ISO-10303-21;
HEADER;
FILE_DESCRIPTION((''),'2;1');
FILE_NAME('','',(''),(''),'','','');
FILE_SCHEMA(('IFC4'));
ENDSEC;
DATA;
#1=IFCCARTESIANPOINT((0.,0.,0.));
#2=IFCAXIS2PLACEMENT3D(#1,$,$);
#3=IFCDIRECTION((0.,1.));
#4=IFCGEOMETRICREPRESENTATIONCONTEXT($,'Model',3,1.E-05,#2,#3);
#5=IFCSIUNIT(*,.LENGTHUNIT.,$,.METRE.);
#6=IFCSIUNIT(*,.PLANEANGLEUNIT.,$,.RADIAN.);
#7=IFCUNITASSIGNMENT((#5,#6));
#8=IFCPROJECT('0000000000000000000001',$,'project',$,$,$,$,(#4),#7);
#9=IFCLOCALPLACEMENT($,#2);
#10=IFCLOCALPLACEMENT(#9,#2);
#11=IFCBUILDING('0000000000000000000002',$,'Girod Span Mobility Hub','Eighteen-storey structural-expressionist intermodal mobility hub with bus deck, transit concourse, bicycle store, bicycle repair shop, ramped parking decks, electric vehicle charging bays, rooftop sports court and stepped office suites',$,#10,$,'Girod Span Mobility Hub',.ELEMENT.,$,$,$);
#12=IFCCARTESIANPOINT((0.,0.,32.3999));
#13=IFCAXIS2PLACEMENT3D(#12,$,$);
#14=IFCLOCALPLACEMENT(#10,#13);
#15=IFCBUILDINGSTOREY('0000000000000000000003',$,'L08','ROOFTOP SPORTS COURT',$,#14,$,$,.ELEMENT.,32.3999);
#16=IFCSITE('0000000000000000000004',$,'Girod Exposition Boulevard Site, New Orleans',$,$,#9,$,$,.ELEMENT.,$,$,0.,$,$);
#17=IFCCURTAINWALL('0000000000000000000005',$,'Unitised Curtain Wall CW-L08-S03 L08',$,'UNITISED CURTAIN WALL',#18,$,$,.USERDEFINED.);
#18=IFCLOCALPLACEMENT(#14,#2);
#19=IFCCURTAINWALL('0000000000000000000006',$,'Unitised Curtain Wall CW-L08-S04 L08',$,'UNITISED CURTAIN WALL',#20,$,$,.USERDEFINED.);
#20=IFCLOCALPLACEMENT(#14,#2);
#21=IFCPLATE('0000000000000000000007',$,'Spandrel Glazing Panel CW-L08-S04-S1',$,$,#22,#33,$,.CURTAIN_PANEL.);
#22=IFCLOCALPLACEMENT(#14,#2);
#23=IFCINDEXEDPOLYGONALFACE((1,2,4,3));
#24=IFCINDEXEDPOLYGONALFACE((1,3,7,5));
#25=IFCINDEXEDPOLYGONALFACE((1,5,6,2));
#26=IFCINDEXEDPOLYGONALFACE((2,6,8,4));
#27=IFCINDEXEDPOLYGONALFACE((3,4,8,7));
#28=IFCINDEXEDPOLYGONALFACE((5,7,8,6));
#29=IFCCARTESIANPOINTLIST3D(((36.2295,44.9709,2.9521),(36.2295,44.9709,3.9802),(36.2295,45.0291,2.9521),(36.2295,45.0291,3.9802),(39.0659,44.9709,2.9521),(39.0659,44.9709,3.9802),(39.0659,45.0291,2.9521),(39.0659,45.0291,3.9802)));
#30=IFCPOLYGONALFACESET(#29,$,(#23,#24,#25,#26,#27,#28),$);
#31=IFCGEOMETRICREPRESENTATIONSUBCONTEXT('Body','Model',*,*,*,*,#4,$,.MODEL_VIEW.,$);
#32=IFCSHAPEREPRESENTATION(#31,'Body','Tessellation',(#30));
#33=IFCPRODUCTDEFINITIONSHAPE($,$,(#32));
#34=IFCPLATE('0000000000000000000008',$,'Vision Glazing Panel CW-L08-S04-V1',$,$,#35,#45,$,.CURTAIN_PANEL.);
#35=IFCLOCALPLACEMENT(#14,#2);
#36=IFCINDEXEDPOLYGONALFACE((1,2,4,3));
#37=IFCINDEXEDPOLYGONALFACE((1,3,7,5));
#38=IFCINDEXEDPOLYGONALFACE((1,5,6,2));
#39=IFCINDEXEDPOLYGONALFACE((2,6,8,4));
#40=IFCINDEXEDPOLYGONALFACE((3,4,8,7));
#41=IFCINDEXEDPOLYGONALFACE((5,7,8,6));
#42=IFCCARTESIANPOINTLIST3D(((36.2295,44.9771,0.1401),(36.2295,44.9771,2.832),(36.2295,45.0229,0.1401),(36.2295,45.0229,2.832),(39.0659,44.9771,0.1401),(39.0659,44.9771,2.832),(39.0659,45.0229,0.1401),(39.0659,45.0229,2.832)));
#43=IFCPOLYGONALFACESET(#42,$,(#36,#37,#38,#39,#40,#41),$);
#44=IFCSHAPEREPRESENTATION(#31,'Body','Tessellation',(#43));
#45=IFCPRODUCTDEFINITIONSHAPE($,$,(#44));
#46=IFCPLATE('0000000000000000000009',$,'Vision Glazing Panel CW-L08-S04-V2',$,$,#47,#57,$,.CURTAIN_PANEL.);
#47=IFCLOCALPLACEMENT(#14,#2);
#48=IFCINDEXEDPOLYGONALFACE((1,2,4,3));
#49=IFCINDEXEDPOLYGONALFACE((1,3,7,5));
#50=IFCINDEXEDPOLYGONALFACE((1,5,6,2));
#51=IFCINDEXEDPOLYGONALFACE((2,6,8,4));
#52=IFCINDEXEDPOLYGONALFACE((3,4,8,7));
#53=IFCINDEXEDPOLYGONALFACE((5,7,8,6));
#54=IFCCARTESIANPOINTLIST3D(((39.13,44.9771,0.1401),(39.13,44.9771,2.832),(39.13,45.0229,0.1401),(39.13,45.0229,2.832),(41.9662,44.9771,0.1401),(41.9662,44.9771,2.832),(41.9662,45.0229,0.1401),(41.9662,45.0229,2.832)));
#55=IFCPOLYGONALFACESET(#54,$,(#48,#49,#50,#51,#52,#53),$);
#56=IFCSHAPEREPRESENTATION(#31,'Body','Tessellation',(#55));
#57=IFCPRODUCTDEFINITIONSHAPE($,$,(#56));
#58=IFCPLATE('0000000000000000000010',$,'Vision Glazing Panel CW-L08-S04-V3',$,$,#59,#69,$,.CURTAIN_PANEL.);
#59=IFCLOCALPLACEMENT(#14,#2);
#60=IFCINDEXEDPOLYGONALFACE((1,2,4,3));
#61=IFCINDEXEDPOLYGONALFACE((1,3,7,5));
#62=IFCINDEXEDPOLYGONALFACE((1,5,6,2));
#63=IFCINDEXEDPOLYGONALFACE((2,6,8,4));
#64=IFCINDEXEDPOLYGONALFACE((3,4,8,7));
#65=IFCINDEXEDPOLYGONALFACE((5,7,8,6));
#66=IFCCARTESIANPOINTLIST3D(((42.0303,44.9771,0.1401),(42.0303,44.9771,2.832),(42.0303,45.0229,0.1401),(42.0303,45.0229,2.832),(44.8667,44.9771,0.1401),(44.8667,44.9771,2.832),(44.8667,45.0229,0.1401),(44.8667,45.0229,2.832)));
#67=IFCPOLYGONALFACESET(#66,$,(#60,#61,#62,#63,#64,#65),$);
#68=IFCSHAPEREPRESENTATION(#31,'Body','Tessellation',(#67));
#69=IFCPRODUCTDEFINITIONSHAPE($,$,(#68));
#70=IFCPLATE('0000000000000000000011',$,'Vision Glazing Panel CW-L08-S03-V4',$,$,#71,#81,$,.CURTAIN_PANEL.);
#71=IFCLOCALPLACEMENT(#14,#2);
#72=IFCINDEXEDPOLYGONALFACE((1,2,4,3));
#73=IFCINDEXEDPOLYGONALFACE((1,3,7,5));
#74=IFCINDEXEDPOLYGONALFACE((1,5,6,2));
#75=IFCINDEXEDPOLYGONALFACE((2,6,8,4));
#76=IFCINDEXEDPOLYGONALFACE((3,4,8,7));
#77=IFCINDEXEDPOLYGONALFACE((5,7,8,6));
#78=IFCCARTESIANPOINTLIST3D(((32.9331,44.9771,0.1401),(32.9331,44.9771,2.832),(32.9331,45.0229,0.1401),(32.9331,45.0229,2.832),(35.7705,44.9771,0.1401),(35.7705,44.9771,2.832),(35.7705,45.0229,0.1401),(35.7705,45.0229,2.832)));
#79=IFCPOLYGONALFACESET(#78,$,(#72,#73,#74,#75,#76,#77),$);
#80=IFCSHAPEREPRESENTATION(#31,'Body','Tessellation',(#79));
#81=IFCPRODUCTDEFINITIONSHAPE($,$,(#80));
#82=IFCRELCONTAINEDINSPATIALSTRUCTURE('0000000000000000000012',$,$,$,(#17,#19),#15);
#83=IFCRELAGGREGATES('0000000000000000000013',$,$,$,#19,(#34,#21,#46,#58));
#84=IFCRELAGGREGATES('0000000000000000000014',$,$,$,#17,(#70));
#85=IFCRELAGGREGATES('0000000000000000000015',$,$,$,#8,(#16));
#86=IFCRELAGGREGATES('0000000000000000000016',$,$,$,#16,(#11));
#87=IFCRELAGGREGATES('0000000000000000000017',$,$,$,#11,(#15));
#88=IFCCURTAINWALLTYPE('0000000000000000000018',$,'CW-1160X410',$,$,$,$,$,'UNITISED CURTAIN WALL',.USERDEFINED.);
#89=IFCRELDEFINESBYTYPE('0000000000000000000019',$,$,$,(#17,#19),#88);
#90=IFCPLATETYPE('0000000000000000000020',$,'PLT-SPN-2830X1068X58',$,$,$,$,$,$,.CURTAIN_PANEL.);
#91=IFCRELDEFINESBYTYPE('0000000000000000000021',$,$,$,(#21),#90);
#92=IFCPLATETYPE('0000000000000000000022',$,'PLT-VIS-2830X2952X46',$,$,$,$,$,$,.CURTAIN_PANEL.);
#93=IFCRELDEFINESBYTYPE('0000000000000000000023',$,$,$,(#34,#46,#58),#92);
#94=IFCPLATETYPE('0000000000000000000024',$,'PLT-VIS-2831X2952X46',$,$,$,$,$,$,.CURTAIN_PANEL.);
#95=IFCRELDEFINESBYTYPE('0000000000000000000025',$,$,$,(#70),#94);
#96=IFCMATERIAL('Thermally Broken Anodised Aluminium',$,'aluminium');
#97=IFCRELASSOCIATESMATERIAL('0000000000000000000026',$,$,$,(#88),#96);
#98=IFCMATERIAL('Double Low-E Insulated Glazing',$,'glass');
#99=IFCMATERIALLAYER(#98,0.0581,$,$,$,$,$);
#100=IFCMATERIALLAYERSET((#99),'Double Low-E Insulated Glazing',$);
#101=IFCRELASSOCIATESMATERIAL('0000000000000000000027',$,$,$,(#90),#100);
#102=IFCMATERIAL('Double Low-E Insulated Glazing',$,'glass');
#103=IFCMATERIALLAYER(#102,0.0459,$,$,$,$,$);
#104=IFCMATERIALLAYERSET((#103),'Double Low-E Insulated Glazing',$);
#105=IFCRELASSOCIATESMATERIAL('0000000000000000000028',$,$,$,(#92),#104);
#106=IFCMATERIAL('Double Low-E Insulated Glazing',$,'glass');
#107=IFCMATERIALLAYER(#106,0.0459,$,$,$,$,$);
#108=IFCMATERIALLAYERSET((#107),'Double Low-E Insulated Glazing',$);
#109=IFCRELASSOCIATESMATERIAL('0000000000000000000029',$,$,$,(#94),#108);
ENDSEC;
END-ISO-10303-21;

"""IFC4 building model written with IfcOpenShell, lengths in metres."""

from ifc_helpers import new_model, si_unit, direction, frame, origin, origin_2d, place, context, subcontext, project, spatial, rectangle, extrude, material, layer, layer_set, type_object, element, aggregate, save


model = new_model("IFC4")

# Units and contexts
model_context = context("Model", 3, precision=1e-05, world=origin(), true_north=direction((0.0, 1.0)))
body_context = subcontext(model_context, "Body", "Model", "MODEL_VIEW")
ifc_project = project(units=[si_unit("LENGTHUNIT", "METRE"), si_unit("PLANEANGLEUNIT", "RADIAN")], contexts=[model_context])

# Site, building, storey
site_placement = place(None, origin())
site = spatial("IfcSite", under=ifc_project, at=site_placement, Name="Girod Exposition Boulevard Site, New Orleans", CompositionType="ELEMENT", RefElevation=0.0)
building_placement = place(site_placement, origin())
building = spatial("IfcBuilding", under=site, at=building_placement, Name="Girod Span Mobility Hub", Description="Eighteen-storey structural-expressionist intermodal mobility hub with bus deck, transit concourse, bicycle store, bicycle repair shop, ramped parking decks, electric vehicle charging bays, rooftop sports court and stepped office suites", LongName="Girod Span Mobility Hub", CompositionType="ELEMENT")
storey_placement = place(building_placement, frame((0.0, 0.0, 32.3999)))
storey = spatial("IfcBuildingStorey", under=building, at=storey_placement, Name="L08", Description="ROOFTOP SPORTS COURT", CompositionType="ELEMENT", Elevation=32.3999)

# Curtain wall
ifc_material_1 = material(Name="Thermally Broken Anodised Aluminium", Category="aluminium")
curtain_wall_type = type_object("IfcCurtainWallType", Name="CW-1160X410", ElementType="UNITISED CURTAIN WALL", PredefinedType="USERDEFINED", material=ifc_material_1)
curtain_wall_1_placement = place(storey_placement, origin())
curtain_wall_1 = element("IfcCurtainWall", 1, at=curtain_wall_1_placement, inside=storey, type_object=curtain_wall_type, Name="Unitised Curtain Wall CW-L08-S03 L08", ObjectType="UNITISED CURTAIN WALL", PredefinedType="USERDEFINED")

# Curtain wall
curtain_wall_2_placement = place(storey_placement, origin())
curtain_wall_2 = element("IfcCurtainWall", 2, at=curtain_wall_2_placement, inside=storey, type_object=curtain_wall_type, Name="Unitised Curtain Wall CW-L08-S04 L08", ObjectType="UNITISED CURTAIN WALL", PredefinedType="USERDEFINED")

# Plates
ifc_material_2 = material(Name="Double Low-E Insulated Glazing", Category="glass")
ifc_layer_1 = layer(ifc_material_2, 0.0581)
ifc_layer_set_1 = layer_set([ifc_layer_1], Name="Double Low-E Insulated Glazing")
plate_type_1 = type_object("IfcPlateType", Name="PLT-SPN-2830X1068X58", PredefinedType="CURTAIN_PANEL", material=ifc_layer_set_1)
plate_1_placement = place(storey_placement, frame((37.6477, 45.0, 2.9521), z_axis=(0.0, 0.0, 1.0), x_axis=(1.0, 0.0, 0.0)))
plate_1 = element("IfcPlate", 3, at=plate_1_placement, type_object=plate_type_1, Name="Spandrel Glazing Panel CW-L08-S04-S1", PredefinedType="CURTAIN_PANEL", context=body_context, shape_type="SweptSolid", body=[
    extrude(rectangle(XDim=2.8364, YDim=0.0581, at=origin_2d()), origin(), (0.0, 0.0, 1.0), 1.0281),
])
ifc_material_3 = material(Name="Double Low-E Insulated Glazing", Category="glass")
ifc_layer_2 = layer(ifc_material_3, 0.0459)
ifc_layer_set_2 = layer_set([ifc_layer_2], Name="Double Low-E Insulated Glazing")
plate_type_2 = type_object("IfcPlateType", Name="PLT-VIS-2830X2952X46", PredefinedType="CURTAIN_PANEL", material=ifc_layer_set_2)
plate_2_placement = place(storey_placement, frame((37.6477, 45.0, 0.1401), z_axis=(0.0, 0.0, 1.0), x_axis=(1.0, 0.0, 0.0)))
plate_2 = element("IfcPlate", 4, at=plate_2_placement, type_object=plate_type_2, Name="Vision Glazing Panel CW-L08-S04-V1", PredefinedType="CURTAIN_PANEL", context=body_context, shape_type="SweptSolid", body=[
    extrude(rectangle(XDim=2.8364, YDim=0.0459, at=origin_2d()), origin(), (0.0, 0.0, 1.0), 2.6919),
])
plate_3_placement = place(storey_placement, frame((40.5481, 45.0, 0.1401), z_axis=(0.0, 0.0, 1.0), x_axis=(1.0, 0.0, 0.0)))
plate_3 = element("IfcPlate", 5, at=plate_3_placement, type_object=plate_type_2, Name="Vision Glazing Panel CW-L08-S04-V2", PredefinedType="CURTAIN_PANEL", context=body_context, shape_type="SweptSolid", body=[
    extrude(rectangle(XDim=2.8362, YDim=0.0459, at=origin_2d()), origin(), (0.0, 0.0, 1.0), 2.6919),
])
plate_4_placement = place(storey_placement, frame((43.4485, 45.0, 0.1401), z_axis=(0.0, 0.0, 1.0), x_axis=(1.0, 0.0, 0.0)))
plate_4 = element("IfcPlate", 6, at=plate_4_placement, type_object=plate_type_2, Name="Vision Glazing Panel CW-L08-S04-V3", PredefinedType="CURTAIN_PANEL", context=body_context, shape_type="SweptSolid", body=[
    extrude(rectangle(XDim=2.8364, YDim=0.0459, at=origin_2d()), origin(), (0.0, 0.0, 1.0), 2.6919),
])
aggregate(curtain_wall_2, [plate_2, plate_1, plate_3, plate_4])
ifc_material_4 = material(Name="Double Low-E Insulated Glazing", Category="glass")
ifc_layer_3 = layer(ifc_material_4, 0.0459)
ifc_layer_set_3 = layer_set([ifc_layer_3], Name="Double Low-E Insulated Glazing")
plate_type_3 = type_object("IfcPlateType", Name="PLT-VIS-2831X2952X46", PredefinedType="CURTAIN_PANEL", material=ifc_layer_set_3)
plate_5_placement = place(storey_placement, frame((34.3518, 45.0, 0.1401), z_axis=(0.0, 0.0, 1.0), x_axis=(1.0, 0.0, 0.0)))
plate_5 = element("IfcPlate", 7, at=plate_5_placement, type_object=plate_type_3, Name="Vision Glazing Panel CW-L08-S03-V4", PredefinedType="CURTAIN_PANEL", context=body_context, shape_type="SweptSolid", body=[
    extrude(rectangle(XDim=2.8374, YDim=0.0459, at=origin_2d()), origin(), (0.0, 0.0, 1.0), 2.6919),
])
aggregate(curtain_wall_1, [plate_5])

save(model, "model.ifc")
